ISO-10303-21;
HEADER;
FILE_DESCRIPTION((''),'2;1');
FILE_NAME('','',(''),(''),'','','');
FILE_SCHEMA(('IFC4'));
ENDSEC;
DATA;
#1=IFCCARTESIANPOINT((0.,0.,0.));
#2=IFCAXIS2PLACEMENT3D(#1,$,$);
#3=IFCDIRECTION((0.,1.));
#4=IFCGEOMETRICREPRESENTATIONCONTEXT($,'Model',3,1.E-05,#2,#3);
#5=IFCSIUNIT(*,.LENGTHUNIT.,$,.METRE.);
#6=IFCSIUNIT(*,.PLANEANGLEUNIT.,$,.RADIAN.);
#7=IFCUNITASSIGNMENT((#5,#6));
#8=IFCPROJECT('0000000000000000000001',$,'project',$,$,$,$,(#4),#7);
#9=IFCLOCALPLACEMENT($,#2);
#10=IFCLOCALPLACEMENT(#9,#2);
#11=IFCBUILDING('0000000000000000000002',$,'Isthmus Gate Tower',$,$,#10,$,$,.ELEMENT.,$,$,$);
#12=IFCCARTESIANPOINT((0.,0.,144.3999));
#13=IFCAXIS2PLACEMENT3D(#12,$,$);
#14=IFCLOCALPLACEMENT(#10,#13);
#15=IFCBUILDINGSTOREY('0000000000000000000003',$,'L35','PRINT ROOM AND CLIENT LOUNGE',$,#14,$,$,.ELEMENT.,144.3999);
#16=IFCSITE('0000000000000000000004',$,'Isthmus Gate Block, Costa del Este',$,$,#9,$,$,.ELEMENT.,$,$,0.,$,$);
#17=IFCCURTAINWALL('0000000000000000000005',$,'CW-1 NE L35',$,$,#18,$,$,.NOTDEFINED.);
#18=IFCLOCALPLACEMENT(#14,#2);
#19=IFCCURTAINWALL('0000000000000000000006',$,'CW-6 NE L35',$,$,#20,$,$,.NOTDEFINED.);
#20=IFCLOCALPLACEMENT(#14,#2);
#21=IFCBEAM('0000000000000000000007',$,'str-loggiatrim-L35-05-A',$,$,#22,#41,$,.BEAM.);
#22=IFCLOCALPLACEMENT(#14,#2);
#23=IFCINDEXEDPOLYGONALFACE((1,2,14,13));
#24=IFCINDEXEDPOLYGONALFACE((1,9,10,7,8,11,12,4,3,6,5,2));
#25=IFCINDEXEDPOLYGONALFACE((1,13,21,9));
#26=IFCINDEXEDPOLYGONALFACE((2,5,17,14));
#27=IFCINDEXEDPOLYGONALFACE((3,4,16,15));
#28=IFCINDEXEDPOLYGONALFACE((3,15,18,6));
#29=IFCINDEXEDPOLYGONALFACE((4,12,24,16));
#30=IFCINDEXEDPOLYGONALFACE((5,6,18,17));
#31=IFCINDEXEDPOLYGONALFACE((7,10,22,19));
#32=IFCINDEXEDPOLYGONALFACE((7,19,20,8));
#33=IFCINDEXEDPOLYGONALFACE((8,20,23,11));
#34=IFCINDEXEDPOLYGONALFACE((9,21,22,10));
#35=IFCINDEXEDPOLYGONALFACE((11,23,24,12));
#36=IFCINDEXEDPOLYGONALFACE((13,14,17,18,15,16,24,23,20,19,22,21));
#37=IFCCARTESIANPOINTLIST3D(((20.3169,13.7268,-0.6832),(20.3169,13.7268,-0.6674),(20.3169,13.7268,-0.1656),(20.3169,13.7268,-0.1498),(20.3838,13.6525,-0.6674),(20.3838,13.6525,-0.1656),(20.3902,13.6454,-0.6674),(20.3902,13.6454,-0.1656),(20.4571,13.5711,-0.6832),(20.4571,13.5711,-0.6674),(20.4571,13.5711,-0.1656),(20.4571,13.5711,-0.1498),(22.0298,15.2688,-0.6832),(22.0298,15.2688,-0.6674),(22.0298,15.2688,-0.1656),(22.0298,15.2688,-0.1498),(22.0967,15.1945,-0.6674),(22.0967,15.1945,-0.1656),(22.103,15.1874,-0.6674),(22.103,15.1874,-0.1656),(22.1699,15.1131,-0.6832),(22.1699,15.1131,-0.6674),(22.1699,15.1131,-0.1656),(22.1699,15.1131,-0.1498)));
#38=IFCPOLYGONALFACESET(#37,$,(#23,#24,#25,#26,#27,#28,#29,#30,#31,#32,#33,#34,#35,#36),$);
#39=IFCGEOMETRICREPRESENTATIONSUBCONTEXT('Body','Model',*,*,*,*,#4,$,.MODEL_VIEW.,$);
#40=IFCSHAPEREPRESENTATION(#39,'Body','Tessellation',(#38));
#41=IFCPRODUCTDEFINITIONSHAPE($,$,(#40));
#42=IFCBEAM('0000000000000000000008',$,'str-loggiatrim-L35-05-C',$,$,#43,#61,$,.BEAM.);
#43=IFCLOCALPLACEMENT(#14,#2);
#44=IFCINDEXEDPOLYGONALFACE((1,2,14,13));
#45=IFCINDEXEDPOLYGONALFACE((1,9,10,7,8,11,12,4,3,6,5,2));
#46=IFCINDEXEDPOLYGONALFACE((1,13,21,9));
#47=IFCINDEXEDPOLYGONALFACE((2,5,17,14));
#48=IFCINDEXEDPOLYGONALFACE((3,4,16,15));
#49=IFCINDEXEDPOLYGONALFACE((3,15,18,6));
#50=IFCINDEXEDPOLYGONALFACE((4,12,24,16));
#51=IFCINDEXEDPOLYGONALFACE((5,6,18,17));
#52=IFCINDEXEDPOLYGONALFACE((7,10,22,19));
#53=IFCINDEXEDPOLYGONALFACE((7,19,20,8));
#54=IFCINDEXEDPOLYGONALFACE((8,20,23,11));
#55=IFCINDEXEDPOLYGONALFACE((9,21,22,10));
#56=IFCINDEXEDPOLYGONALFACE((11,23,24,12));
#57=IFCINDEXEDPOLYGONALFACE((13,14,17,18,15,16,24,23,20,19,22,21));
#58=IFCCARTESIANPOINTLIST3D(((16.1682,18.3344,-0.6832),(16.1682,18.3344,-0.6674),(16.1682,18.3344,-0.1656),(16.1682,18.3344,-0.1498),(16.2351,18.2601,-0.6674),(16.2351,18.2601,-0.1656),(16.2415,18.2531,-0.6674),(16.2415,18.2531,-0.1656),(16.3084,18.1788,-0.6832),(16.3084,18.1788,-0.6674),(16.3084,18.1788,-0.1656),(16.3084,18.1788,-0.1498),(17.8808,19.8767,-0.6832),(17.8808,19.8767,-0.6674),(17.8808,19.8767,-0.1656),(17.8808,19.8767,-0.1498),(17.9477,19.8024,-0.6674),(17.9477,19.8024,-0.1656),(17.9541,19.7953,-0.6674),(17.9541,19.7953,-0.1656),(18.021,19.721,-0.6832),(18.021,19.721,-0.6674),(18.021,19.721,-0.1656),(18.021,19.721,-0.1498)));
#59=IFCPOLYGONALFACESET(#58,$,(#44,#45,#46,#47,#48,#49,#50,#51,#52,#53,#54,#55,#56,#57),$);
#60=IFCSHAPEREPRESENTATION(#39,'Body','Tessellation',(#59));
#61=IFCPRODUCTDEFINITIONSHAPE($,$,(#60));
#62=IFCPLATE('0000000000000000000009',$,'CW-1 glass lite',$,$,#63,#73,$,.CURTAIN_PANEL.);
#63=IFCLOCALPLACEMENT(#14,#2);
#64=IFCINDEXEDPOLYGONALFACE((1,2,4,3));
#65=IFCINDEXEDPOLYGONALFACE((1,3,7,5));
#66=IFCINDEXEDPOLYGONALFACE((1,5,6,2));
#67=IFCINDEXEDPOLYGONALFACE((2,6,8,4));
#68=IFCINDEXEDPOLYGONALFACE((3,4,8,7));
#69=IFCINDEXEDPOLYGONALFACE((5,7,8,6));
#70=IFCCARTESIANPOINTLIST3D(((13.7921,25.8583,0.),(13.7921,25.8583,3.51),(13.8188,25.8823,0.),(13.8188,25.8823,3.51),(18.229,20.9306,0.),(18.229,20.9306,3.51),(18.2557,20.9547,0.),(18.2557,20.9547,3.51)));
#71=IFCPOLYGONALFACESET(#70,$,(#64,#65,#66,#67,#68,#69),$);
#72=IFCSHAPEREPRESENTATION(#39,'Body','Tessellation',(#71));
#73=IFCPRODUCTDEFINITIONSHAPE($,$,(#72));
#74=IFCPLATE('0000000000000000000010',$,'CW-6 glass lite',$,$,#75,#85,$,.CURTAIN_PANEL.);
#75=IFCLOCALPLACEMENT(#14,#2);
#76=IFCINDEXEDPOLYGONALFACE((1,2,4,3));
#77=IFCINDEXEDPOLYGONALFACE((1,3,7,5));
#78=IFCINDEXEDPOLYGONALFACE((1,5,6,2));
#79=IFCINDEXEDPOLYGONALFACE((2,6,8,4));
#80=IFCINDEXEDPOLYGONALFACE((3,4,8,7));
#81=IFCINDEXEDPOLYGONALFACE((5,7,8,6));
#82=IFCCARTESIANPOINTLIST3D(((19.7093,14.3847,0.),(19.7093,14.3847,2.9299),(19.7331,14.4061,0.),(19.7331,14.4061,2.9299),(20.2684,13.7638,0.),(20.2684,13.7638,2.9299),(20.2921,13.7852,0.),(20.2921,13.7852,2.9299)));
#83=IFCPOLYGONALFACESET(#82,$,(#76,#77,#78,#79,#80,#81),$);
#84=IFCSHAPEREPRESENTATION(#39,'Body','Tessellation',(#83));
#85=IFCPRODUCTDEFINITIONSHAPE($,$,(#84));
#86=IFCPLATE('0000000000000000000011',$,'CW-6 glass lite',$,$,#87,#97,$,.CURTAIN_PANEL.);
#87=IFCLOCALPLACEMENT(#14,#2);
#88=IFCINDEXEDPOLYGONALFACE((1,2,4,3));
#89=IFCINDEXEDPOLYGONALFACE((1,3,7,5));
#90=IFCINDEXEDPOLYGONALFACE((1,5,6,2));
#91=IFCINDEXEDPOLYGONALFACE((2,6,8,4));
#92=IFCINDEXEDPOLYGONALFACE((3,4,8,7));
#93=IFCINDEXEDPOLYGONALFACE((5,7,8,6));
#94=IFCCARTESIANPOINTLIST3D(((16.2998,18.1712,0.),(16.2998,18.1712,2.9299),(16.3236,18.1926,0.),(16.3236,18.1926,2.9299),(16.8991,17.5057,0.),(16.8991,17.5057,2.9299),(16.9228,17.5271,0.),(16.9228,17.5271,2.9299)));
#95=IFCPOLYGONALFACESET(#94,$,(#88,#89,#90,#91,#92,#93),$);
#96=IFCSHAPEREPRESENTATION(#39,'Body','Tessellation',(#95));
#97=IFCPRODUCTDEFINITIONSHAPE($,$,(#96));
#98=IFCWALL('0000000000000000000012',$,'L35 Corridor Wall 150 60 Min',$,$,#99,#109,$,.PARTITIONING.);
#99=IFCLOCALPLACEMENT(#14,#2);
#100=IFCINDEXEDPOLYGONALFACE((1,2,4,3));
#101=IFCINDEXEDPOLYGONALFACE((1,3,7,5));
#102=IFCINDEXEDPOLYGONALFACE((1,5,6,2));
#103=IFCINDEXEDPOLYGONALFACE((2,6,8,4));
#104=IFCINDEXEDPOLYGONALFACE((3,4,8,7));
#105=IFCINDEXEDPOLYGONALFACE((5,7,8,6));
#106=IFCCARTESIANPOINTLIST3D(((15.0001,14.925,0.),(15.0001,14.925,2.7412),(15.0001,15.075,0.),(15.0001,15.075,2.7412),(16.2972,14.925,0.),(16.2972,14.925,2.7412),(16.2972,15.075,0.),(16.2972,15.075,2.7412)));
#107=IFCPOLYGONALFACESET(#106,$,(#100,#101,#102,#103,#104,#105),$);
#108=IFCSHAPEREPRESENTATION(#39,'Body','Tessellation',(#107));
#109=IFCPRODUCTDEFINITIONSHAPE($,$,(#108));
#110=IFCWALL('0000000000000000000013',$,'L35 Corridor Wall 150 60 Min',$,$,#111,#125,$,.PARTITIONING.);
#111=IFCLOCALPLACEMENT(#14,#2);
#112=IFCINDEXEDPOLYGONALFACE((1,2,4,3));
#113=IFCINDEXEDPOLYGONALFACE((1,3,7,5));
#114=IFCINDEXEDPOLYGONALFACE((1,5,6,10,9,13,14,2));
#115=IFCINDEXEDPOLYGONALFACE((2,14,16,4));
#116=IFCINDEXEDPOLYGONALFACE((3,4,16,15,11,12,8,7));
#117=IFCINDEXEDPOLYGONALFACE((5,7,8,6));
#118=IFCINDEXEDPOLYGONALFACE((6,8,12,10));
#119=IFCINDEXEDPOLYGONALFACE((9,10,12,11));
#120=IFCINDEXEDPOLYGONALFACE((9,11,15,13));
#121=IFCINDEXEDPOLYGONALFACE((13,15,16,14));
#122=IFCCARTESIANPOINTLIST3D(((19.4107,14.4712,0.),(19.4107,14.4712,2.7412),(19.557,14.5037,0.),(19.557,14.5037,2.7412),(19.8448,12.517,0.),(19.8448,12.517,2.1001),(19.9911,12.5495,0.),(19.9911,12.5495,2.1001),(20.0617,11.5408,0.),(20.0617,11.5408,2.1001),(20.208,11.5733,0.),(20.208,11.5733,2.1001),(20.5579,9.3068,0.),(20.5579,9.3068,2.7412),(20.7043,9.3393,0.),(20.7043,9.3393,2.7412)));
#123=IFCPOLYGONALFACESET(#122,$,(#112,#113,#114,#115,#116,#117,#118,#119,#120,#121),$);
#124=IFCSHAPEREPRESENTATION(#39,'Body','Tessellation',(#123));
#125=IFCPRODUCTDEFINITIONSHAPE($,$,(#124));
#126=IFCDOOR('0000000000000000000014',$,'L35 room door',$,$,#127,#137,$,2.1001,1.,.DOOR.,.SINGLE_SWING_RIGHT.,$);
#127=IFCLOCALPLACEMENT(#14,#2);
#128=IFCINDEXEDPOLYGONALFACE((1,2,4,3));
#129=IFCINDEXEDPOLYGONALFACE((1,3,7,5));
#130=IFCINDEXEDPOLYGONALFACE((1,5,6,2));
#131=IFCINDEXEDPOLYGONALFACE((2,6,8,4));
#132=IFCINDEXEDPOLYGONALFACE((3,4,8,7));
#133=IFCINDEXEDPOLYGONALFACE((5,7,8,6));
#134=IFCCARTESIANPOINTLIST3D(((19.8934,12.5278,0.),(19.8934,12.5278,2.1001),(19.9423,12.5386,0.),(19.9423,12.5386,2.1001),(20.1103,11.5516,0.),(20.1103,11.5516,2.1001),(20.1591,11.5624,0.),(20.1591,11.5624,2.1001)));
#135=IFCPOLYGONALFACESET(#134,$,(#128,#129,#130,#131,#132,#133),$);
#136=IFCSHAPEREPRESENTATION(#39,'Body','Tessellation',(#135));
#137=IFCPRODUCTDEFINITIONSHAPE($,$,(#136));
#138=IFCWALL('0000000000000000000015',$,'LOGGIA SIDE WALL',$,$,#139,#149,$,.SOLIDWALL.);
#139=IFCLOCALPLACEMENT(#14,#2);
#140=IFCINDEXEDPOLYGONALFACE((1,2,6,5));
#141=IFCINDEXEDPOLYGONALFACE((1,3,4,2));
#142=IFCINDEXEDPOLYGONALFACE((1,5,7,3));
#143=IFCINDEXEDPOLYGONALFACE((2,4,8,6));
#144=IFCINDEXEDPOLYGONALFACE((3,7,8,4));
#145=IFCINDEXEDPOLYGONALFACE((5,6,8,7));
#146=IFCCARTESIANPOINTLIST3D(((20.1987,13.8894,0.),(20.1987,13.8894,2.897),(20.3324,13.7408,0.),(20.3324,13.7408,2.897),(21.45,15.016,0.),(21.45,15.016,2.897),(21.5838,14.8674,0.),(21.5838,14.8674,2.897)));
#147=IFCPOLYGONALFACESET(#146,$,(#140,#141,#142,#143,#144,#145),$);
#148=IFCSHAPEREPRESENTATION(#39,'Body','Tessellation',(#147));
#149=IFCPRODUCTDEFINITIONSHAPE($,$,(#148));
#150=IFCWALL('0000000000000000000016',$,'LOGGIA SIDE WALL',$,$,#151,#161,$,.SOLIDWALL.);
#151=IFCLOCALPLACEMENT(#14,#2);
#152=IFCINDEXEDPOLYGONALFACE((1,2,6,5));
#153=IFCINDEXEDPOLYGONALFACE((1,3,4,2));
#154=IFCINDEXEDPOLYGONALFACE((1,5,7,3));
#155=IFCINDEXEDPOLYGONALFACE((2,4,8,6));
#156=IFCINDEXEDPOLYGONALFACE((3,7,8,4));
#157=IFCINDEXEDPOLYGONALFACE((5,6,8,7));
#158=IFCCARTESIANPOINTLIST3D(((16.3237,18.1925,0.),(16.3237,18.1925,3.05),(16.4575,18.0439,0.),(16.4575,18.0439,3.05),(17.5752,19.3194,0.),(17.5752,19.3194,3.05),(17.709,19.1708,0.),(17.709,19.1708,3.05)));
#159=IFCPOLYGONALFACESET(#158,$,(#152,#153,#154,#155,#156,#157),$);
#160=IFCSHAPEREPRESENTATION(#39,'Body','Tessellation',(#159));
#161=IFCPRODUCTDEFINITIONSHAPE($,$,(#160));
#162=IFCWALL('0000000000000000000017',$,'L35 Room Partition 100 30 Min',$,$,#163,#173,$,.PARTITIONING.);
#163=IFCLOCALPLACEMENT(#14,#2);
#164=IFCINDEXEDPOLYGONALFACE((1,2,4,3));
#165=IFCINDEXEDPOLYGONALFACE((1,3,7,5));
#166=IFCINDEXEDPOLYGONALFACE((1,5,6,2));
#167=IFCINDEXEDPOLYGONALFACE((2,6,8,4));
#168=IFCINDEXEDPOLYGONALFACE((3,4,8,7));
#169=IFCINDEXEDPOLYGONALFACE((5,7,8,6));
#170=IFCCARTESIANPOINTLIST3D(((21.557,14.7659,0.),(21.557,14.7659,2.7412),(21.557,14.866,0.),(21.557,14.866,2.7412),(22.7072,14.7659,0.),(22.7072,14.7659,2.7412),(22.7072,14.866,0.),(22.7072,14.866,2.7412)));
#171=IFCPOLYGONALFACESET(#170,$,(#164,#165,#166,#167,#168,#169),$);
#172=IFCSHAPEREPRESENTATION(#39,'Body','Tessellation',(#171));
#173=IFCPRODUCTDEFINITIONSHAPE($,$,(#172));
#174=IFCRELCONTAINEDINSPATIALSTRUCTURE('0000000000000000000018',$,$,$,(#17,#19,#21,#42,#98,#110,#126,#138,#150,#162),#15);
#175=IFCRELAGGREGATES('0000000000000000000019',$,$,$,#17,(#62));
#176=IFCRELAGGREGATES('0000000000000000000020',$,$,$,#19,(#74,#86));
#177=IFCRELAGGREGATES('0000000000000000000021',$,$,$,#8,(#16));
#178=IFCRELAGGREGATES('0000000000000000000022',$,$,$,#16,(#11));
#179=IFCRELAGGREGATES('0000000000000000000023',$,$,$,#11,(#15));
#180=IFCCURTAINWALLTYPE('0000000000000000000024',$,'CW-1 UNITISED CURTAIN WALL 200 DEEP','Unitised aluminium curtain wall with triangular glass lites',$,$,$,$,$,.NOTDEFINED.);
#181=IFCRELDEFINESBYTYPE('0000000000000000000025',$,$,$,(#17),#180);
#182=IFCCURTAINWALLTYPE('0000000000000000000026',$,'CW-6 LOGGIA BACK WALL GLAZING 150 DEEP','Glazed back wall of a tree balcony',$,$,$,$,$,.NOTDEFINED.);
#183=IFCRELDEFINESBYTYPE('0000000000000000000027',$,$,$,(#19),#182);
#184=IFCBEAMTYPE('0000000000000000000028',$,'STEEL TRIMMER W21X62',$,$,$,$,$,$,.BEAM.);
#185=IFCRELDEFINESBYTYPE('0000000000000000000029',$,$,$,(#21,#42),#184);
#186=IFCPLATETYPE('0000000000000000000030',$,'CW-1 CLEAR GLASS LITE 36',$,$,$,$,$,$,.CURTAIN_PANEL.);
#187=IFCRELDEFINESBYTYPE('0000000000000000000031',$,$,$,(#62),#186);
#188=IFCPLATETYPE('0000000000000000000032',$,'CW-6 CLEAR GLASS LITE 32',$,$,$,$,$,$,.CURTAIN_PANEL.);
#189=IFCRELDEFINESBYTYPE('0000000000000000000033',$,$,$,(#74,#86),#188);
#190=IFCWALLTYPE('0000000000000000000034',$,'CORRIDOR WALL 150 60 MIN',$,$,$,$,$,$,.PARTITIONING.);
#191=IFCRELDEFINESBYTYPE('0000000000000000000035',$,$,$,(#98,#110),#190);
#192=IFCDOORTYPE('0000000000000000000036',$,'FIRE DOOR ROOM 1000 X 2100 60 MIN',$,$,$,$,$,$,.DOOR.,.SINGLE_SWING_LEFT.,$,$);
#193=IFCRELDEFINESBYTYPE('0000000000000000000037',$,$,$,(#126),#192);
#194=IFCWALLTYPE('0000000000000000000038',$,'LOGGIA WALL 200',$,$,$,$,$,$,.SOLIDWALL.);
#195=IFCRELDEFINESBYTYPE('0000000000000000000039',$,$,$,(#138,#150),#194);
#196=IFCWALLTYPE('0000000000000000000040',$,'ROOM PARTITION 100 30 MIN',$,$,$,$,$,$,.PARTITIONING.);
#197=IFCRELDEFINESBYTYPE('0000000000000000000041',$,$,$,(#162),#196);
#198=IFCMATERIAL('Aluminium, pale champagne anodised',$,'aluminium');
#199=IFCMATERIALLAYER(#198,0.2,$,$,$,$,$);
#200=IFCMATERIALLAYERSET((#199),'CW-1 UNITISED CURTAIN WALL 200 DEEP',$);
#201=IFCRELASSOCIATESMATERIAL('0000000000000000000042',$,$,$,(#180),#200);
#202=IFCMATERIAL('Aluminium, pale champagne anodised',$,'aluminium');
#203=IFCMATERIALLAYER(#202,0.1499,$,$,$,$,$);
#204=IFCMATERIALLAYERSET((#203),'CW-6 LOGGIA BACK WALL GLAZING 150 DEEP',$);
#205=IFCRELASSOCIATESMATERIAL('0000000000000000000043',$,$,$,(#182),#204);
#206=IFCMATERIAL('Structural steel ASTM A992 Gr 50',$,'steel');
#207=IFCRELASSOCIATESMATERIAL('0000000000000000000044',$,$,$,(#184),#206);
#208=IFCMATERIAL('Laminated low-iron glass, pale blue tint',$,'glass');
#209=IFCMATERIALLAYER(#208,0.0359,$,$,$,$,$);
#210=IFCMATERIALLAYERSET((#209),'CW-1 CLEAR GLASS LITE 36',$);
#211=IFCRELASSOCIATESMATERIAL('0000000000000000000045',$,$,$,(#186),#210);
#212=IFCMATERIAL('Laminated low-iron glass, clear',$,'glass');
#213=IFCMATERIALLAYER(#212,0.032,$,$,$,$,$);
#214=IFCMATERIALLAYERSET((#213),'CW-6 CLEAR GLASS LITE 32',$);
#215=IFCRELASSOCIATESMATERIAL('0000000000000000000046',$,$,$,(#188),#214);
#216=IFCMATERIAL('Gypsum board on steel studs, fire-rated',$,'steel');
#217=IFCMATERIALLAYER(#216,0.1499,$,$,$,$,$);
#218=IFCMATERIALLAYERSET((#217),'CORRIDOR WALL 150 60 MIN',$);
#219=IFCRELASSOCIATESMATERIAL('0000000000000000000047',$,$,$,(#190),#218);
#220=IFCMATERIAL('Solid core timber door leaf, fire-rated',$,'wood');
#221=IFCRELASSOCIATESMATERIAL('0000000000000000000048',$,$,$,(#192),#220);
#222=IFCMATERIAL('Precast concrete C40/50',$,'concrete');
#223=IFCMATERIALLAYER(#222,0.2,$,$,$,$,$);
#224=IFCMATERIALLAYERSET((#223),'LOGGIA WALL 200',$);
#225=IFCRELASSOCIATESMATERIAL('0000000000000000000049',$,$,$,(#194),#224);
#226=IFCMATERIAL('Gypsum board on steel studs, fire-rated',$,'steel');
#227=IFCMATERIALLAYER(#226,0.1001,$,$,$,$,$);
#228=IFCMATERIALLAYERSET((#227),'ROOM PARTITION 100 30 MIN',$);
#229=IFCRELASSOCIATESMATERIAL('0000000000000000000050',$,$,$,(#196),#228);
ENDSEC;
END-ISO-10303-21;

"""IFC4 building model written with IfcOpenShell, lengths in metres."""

from ifc_helpers import new_model, si_unit, direction, frame, frame_2d, origin, origin_2d, place, context, subcontext, project, spatial, rectangle, i_section, extrude, material, layer, layer_set, material_profile, profile_set, type_object, element, fill, aggregate, save


model = new_model("IFC4")

# Units and contexts
model_context = context("Model", 3, precision=1e-05, world=origin(), true_north=direction((0.0, 1.0)))
body_context = subcontext(model_context, "Body", "Model", "MODEL_VIEW")
ifc_project = project(units=[si_unit("LENGTHUNIT", "METRE"), si_unit("PLANEANGLEUNIT", "RADIAN")], contexts=[model_context])

# Site, building, storey
site_placement = place(None, origin())
site = spatial("IfcSite", under=ifc_project, at=site_placement, Name="Isthmus Gate Block, Costa del Este", CompositionType="ELEMENT", RefElevation=0.0)
building_placement = place(site_placement, origin())
building = spatial("IfcBuilding", under=site, at=building_placement, Name="Isthmus Gate Tower", CompositionType="ELEMENT")
storey_placement = place(building_placement, frame((0.0, 0.0, 144.3999)))
storey = spatial("IfcBuildingStorey", under=building, at=storey_placement, Name="L35", Description="PRINT ROOM AND CLIENT LOUNGE", CompositionType="ELEMENT", Elevation=144.3999)

# Curtain wall
ifc_material_1 = material(Name="Aluminium, pale champagne anodised", Category="aluminium")
ifc_layer_1 = layer(ifc_material_1, 0.2)
ifc_layer_set_1 = layer_set([ifc_layer_1], Name="CW-1 UNITISED CURTAIN WALL 200 DEEP")
curtain_wall_type_1 = type_object("IfcCurtainWallType", Name="CW-1 UNITISED CURTAIN WALL 200 DEEP", Description="Unitised aluminium curtain wall with triangular glass lites", PredefinedType="NOTDEFINED", material=ifc_layer_set_1)
curtain_wall_1_placement = place(storey_placement, origin())
curtain_wall_1 = element("IfcCurtainWall", 1, at=curtain_wall_1_placement, inside=storey, type_object=curtain_wall_type_1, Name="CW-1 NE L35", PredefinedType="NOTDEFINED")

# Curtain wall
ifc_material_2 = material(Name="Aluminium, pale champagne anodised", Category="aluminium")
ifc_layer_2 = layer(ifc_material_2, 0.1499)
ifc_layer_set_2 = layer_set([ifc_layer_2], Name="CW-6 LOGGIA BACK WALL GLAZING 150 DEEP")
curtain_wall_type_2 = type_object("IfcCurtainWallType", Name="CW-6 LOGGIA BACK WALL GLAZING 150 DEEP", Description="Glazed back wall of a tree balcony", PredefinedType="NOTDEFINED", material=ifc_layer_set_2)
curtain_wall_2_placement = place(storey_placement, origin())
curtain_wall_2 = element("IfcCurtainWall", 2, at=curtain_wall_2_placement, inside=storey, type_object=curtain_wall_type_2, Name="CW-6 NE L35", PredefinedType="NOTDEFINED")

# Beams
ifc_material_3 = material(Name="Structural steel ASTM A992 Gr 50", Category="steel")
ifc_material_profile_1 = material_profile(ifc_material_3, i_section(OverallWidth=0.2095, OverallDepth=0.5334, WebThickness=0.0095, FlangeThickness=0.0159, at=origin_2d()), Name="W21X62")
ifc_profile_set_1 = profile_set([ifc_material_profile_1], Name="Structural steel ASTM A992 Gr 50")
beam_type_1 = type_object("IfcBeamType", Name="STEEL TRIMMER W21X62", PredefinedType="BEAM", material=ifc_profile_set_1)
for number, where, z_axis, x_axis, name in (
    (3, (22.0999, 15.1909, -0.4165), (-0.74321, -0.669058, 0.0), (0.669058, -0.74321, 0.0), "str-loggiatrim-L35-05-A"),
    (4, (17.9509, 19.7988, -0.4165), (-0.74311, -0.66917, 0.0), (0.66917, -0.74311, 0.0), "str-loggiatrim-L35-05-C"),
):
    element("IfcBeam", number, at=place(storey_placement, frame(where, z_axis=z_axis, x_axis=x_axis)), inside=storey, type_object=beam_type_1, Name=name, PredefinedType="BEAM", context=body_context, shape_type="SweptSolid", body=[
        extrude(i_section(OverallWidth=0.2095, OverallDepth=0.5334, WebThickness=0.0095, FlangeThickness=0.0159, at=origin_2d()), origin(), (0.0, 0.0, 1.0), 2.3047),
    ])

# Plates
ifc_material_4 = material(Name="Laminated low-iron glass, pale blue tint", Category="glass")
ifc_layer_3 = layer(ifc_material_4, 0.0359)
ifc_layer_set_3 = layer_set([ifc_layer_3], Name="CW-1 CLEAR GLASS LITE 36")
plate_type_1 = type_object("IfcPlateType", Name="CW-1 CLEAR GLASS LITE 36", PredefinedType="CURTAIN_PANEL", material=ifc_layer_set_3)
plate_1_placement = place(storey_placement, frame((16.0239, 23.4065, 0.0), z_axis=(0.0, 0.0, 1.0), x_axis=(-0.669131, 0.743145, 0.0)))
plate_1 = element("IfcPlate", 5, at=plate_1_placement, type_object=plate_type_1, Name="CW-1 glass lite", PredefinedType="CURTAIN_PANEL", context=body_context, shape_type="SweptSolid", body=[
    extrude(rectangle(XDim=6.6309, YDim=0.0359, at=origin_2d()), origin(), (0.0, 0.0, 1.0), 3.51),
])
aggregate(curtain_wall_1, [plate_1])
ifc_material_5 = material(Name="Laminated low-iron glass, clear", Category="glass")
ifc_layer_4 = layer(ifc_material_5, 0.032)
ifc_layer_set_4 = layer_set([ifc_layer_4], Name="CW-6 CLEAR GLASS LITE 32")
plate_type_2 = type_object("IfcPlateType", Name="CW-6 CLEAR GLASS LITE 32", PredefinedType="CURTAIN_PANEL", material=ifc_layer_set_4)
plate_2_placement = place(storey_placement, frame((20.0007, 14.085, 0.0), z_axis=(0.0, 0.0, 1.0), x_axis=(-0.669131, 0.743145, 0.0)))
plate_2 = element("IfcPlate", 6, at=plate_2_placement, type_object=plate_type_2, Name="CW-6 glass lite", PredefinedType="CURTAIN_PANEL", context=body_context, shape_type="SweptSolid", body=[
    extrude(rectangle(XDim=0.8354, YDim=0.032, at=origin_2d()), origin(), (0.0, 0.0, 1.0), 2.9299),
])
plate_3_placement = place(storey_placement, frame((16.6113, 17.8491, 0.0), z_axis=(0.0, 0.0, 1.0), x_axis=(-0.669131, 0.743145, 0.0)))
plate_3 = element("IfcPlate", 7, at=plate_3_placement, type_object=plate_type_2, Name="CW-6 glass lite", PredefinedType="CURTAIN_PANEL", context=body_context, shape_type="SweptSolid", body=[
    extrude(rectangle(XDim=0.8955, YDim=0.032, at=origin_2d()), origin(), (0.0, 0.0, 1.0), 2.9299),
])
aggregate(curtain_wall_2, [plate_2, plate_3])

# Wall
ifc_material_6 = material(Name="Gypsum board on steel studs, fire-rated", Category="steel")
ifc_layer_5 = layer(ifc_material_6, 0.1499)
ifc_layer_set_5 = layer_set([ifc_layer_5], Name="CORRIDOR WALL 150 60 MIN")
wall_type_1 = type_object("IfcWallType", Name="CORRIDOR WALL 150 60 MIN", PredefinedType="PARTITIONING", material=ifc_layer_set_5)
wall_1_placement = place(storey_placement, frame((16.2971, 15.0, 0.0), z_axis=(0.0, 0.0, 1.0), x_axis=(-1.0, 0.0, 0.0)))
element("IfcWall", 8, at=wall_1_placement, inside=storey, type_object=wall_type_1, Name="L35 Corridor Wall 150 60 Min", PredefinedType="PARTITIONING", context=body_context, shape_type="SweptSolid", body=[
    extrude(rectangle(XDim=1.2971, YDim=0.1499, at=frame_2d((0.6484, 0.0))), origin(), (0.0, 0.0, 1.0), 2.7412),
])

# Wall, opening, door
wall_2_placement = place(storey_placement, frame((19.4839, 14.4873, 0.0), z_axis=(0.0, 0.0, 1.0), x_axis=(0.216857, -0.976203, 0.0)))
wall_2 = element("IfcWall", 9, at=wall_2_placement, inside=storey, type_object=wall_type_1, Name="L35 Corridor Wall 150 60 Min", PredefinedType="PARTITIONING", context=body_context, shape_type="SweptSolid", body=[
    extrude(rectangle(XDim=5.2903, YDim=0.1499, at=frame_2d((2.645, 0.0))), origin(), (0.0, 0.0, 1.0), 2.7412),
])
opening_1_placement = place(wall_2_placement, frame((2.0017, 0.0, 0.0)))
opening_1 = element("IfcOpeningElement", 10, at=opening_1_placement, cuts=wall_2, PredefinedType="OPENING", context=body_context, shape_type="SweptSolid", body=[
    extrude(rectangle(XDim=1.0, YDim=2.1001, at=frame_2d((0.5, 1.05))), frame((0.0, 0.085, 0.0), z_axis=(0.0, -1.0, 0.0), x_axis=(1.0, 0.0, 0.0)), (0.0, 0.0, 1.0), 0.1699),
])
ifc_material_7 = material(Name="Solid core timber door leaf, fire-rated", Category="wood")
door_type_1 = type_object("IfcDoorType", Name="FIRE DOOR ROOM 1000 X 2100 60 MIN", OperationType="SINGLE_SWING_LEFT", PredefinedType="DOOR", material=ifc_material_7)
door_1_placement = place(opening_1_placement, origin())
door_1 = element("IfcDoor", 11, at=door_1_placement, inside=storey, type_object=door_type_1, Name="L35 room door", OperationType="SINGLE_SWING_RIGHT", OverallHeight=2.1001, OverallWidth=1.0, PredefinedType="DOOR", context=body_context, shape_type="SweptSolid", body=[
    extrude(rectangle(XDim=1.0, YDim=2.1001, at=frame_2d((0.5, 1.05))), frame((0.0, 0.0249, 0.0), z_axis=(0.0, -1.0, 0.0), x_axis=(1.0, 0.0, 0.0)), (0.0, 0.0, 1.0), 0.05),
])
fill(opening_1, door_1)
ifc_material_8 = material(Name="Precast concrete C40/50", Category="concrete")
ifc_layer_6 = layer(ifc_material_8, 0.2)
ifc_layer_set_6 = layer_set([ifc_layer_6], Name="LOGGIA WALL 200")
wall_type_2 = type_object("IfcWallType", Name="LOGGIA WALL 200", PredefinedType="SOLIDWALL", material=ifc_layer_set_6)

# Walls
wall_3_placement = place(storey_placement, frame((21.5168, 14.9417, 0.0), z_axis=(0.0, 0.0, 1.0), x_axis=(-0.743179, -0.669093, 0.0)))
element("IfcWall", 12, at=wall_3_placement, inside=storey, type_object=wall_type_2, Name="LOGGIA SIDE WALL", PredefinedType="SOLIDWALL", context=body_context, shape_type="SweptSolid", body=[
    extrude(rectangle(XDim=1.6838, YDim=0.2, at=frame_2d((0.8418, 0.0))), origin(), (0.0, 0.0, 1.0), 2.897),
])
wall_4_placement = place(storey_placement, frame((17.6421, 19.2451, 0.0), z_axis=(0.0, 0.0, 1.0), x_axis=(-0.743107, -0.669173, 0.0)))
element("IfcWall", 13, at=wall_4_placement, inside=storey, type_object=wall_type_2, Name="LOGGIA SIDE WALL", PredefinedType="SOLIDWALL", context=body_context, shape_type="SweptSolid", body=[
    extrude(rectangle(XDim=1.6841, YDim=0.2, at=frame_2d((0.842, 0.0))), origin(), (0.0, 0.0, 1.0), 3.05),
])
ifc_material_9 = material(Name="Gypsum board on steel studs, fire-rated", Category="steel")
ifc_layer_7 = layer(ifc_material_9, 0.1001)
ifc_layer_set_7 = layer_set([ifc_layer_7], Name="ROOM PARTITION 100 30 MIN")
wall_type_3 = type_object("IfcWallType", Name="ROOM PARTITION 100 30 MIN", PredefinedType="PARTITIONING", material=ifc_layer_set_7)
wall_5_placement = place(storey_placement, frame((21.5569, 14.8159, 0.0), z_axis=(0.0, 0.0, 1.0), x_axis=(1.0, 0.0, 0.0)))
element("IfcWall", 14, at=wall_5_placement, inside=storey, type_object=wall_type_3, Name="L35 Room Partition 100 30 Min", PredefinedType="PARTITIONING", context=body_context, shape_type="SweptSolid", body=[
    extrude(rectangle(XDim=1.1501, YDim=0.1001, at=frame_2d((0.5752, 0.0))), origin(), (0.0, 0.0, 1.0), 2.7412),
])

save(model, "model.ifc")
